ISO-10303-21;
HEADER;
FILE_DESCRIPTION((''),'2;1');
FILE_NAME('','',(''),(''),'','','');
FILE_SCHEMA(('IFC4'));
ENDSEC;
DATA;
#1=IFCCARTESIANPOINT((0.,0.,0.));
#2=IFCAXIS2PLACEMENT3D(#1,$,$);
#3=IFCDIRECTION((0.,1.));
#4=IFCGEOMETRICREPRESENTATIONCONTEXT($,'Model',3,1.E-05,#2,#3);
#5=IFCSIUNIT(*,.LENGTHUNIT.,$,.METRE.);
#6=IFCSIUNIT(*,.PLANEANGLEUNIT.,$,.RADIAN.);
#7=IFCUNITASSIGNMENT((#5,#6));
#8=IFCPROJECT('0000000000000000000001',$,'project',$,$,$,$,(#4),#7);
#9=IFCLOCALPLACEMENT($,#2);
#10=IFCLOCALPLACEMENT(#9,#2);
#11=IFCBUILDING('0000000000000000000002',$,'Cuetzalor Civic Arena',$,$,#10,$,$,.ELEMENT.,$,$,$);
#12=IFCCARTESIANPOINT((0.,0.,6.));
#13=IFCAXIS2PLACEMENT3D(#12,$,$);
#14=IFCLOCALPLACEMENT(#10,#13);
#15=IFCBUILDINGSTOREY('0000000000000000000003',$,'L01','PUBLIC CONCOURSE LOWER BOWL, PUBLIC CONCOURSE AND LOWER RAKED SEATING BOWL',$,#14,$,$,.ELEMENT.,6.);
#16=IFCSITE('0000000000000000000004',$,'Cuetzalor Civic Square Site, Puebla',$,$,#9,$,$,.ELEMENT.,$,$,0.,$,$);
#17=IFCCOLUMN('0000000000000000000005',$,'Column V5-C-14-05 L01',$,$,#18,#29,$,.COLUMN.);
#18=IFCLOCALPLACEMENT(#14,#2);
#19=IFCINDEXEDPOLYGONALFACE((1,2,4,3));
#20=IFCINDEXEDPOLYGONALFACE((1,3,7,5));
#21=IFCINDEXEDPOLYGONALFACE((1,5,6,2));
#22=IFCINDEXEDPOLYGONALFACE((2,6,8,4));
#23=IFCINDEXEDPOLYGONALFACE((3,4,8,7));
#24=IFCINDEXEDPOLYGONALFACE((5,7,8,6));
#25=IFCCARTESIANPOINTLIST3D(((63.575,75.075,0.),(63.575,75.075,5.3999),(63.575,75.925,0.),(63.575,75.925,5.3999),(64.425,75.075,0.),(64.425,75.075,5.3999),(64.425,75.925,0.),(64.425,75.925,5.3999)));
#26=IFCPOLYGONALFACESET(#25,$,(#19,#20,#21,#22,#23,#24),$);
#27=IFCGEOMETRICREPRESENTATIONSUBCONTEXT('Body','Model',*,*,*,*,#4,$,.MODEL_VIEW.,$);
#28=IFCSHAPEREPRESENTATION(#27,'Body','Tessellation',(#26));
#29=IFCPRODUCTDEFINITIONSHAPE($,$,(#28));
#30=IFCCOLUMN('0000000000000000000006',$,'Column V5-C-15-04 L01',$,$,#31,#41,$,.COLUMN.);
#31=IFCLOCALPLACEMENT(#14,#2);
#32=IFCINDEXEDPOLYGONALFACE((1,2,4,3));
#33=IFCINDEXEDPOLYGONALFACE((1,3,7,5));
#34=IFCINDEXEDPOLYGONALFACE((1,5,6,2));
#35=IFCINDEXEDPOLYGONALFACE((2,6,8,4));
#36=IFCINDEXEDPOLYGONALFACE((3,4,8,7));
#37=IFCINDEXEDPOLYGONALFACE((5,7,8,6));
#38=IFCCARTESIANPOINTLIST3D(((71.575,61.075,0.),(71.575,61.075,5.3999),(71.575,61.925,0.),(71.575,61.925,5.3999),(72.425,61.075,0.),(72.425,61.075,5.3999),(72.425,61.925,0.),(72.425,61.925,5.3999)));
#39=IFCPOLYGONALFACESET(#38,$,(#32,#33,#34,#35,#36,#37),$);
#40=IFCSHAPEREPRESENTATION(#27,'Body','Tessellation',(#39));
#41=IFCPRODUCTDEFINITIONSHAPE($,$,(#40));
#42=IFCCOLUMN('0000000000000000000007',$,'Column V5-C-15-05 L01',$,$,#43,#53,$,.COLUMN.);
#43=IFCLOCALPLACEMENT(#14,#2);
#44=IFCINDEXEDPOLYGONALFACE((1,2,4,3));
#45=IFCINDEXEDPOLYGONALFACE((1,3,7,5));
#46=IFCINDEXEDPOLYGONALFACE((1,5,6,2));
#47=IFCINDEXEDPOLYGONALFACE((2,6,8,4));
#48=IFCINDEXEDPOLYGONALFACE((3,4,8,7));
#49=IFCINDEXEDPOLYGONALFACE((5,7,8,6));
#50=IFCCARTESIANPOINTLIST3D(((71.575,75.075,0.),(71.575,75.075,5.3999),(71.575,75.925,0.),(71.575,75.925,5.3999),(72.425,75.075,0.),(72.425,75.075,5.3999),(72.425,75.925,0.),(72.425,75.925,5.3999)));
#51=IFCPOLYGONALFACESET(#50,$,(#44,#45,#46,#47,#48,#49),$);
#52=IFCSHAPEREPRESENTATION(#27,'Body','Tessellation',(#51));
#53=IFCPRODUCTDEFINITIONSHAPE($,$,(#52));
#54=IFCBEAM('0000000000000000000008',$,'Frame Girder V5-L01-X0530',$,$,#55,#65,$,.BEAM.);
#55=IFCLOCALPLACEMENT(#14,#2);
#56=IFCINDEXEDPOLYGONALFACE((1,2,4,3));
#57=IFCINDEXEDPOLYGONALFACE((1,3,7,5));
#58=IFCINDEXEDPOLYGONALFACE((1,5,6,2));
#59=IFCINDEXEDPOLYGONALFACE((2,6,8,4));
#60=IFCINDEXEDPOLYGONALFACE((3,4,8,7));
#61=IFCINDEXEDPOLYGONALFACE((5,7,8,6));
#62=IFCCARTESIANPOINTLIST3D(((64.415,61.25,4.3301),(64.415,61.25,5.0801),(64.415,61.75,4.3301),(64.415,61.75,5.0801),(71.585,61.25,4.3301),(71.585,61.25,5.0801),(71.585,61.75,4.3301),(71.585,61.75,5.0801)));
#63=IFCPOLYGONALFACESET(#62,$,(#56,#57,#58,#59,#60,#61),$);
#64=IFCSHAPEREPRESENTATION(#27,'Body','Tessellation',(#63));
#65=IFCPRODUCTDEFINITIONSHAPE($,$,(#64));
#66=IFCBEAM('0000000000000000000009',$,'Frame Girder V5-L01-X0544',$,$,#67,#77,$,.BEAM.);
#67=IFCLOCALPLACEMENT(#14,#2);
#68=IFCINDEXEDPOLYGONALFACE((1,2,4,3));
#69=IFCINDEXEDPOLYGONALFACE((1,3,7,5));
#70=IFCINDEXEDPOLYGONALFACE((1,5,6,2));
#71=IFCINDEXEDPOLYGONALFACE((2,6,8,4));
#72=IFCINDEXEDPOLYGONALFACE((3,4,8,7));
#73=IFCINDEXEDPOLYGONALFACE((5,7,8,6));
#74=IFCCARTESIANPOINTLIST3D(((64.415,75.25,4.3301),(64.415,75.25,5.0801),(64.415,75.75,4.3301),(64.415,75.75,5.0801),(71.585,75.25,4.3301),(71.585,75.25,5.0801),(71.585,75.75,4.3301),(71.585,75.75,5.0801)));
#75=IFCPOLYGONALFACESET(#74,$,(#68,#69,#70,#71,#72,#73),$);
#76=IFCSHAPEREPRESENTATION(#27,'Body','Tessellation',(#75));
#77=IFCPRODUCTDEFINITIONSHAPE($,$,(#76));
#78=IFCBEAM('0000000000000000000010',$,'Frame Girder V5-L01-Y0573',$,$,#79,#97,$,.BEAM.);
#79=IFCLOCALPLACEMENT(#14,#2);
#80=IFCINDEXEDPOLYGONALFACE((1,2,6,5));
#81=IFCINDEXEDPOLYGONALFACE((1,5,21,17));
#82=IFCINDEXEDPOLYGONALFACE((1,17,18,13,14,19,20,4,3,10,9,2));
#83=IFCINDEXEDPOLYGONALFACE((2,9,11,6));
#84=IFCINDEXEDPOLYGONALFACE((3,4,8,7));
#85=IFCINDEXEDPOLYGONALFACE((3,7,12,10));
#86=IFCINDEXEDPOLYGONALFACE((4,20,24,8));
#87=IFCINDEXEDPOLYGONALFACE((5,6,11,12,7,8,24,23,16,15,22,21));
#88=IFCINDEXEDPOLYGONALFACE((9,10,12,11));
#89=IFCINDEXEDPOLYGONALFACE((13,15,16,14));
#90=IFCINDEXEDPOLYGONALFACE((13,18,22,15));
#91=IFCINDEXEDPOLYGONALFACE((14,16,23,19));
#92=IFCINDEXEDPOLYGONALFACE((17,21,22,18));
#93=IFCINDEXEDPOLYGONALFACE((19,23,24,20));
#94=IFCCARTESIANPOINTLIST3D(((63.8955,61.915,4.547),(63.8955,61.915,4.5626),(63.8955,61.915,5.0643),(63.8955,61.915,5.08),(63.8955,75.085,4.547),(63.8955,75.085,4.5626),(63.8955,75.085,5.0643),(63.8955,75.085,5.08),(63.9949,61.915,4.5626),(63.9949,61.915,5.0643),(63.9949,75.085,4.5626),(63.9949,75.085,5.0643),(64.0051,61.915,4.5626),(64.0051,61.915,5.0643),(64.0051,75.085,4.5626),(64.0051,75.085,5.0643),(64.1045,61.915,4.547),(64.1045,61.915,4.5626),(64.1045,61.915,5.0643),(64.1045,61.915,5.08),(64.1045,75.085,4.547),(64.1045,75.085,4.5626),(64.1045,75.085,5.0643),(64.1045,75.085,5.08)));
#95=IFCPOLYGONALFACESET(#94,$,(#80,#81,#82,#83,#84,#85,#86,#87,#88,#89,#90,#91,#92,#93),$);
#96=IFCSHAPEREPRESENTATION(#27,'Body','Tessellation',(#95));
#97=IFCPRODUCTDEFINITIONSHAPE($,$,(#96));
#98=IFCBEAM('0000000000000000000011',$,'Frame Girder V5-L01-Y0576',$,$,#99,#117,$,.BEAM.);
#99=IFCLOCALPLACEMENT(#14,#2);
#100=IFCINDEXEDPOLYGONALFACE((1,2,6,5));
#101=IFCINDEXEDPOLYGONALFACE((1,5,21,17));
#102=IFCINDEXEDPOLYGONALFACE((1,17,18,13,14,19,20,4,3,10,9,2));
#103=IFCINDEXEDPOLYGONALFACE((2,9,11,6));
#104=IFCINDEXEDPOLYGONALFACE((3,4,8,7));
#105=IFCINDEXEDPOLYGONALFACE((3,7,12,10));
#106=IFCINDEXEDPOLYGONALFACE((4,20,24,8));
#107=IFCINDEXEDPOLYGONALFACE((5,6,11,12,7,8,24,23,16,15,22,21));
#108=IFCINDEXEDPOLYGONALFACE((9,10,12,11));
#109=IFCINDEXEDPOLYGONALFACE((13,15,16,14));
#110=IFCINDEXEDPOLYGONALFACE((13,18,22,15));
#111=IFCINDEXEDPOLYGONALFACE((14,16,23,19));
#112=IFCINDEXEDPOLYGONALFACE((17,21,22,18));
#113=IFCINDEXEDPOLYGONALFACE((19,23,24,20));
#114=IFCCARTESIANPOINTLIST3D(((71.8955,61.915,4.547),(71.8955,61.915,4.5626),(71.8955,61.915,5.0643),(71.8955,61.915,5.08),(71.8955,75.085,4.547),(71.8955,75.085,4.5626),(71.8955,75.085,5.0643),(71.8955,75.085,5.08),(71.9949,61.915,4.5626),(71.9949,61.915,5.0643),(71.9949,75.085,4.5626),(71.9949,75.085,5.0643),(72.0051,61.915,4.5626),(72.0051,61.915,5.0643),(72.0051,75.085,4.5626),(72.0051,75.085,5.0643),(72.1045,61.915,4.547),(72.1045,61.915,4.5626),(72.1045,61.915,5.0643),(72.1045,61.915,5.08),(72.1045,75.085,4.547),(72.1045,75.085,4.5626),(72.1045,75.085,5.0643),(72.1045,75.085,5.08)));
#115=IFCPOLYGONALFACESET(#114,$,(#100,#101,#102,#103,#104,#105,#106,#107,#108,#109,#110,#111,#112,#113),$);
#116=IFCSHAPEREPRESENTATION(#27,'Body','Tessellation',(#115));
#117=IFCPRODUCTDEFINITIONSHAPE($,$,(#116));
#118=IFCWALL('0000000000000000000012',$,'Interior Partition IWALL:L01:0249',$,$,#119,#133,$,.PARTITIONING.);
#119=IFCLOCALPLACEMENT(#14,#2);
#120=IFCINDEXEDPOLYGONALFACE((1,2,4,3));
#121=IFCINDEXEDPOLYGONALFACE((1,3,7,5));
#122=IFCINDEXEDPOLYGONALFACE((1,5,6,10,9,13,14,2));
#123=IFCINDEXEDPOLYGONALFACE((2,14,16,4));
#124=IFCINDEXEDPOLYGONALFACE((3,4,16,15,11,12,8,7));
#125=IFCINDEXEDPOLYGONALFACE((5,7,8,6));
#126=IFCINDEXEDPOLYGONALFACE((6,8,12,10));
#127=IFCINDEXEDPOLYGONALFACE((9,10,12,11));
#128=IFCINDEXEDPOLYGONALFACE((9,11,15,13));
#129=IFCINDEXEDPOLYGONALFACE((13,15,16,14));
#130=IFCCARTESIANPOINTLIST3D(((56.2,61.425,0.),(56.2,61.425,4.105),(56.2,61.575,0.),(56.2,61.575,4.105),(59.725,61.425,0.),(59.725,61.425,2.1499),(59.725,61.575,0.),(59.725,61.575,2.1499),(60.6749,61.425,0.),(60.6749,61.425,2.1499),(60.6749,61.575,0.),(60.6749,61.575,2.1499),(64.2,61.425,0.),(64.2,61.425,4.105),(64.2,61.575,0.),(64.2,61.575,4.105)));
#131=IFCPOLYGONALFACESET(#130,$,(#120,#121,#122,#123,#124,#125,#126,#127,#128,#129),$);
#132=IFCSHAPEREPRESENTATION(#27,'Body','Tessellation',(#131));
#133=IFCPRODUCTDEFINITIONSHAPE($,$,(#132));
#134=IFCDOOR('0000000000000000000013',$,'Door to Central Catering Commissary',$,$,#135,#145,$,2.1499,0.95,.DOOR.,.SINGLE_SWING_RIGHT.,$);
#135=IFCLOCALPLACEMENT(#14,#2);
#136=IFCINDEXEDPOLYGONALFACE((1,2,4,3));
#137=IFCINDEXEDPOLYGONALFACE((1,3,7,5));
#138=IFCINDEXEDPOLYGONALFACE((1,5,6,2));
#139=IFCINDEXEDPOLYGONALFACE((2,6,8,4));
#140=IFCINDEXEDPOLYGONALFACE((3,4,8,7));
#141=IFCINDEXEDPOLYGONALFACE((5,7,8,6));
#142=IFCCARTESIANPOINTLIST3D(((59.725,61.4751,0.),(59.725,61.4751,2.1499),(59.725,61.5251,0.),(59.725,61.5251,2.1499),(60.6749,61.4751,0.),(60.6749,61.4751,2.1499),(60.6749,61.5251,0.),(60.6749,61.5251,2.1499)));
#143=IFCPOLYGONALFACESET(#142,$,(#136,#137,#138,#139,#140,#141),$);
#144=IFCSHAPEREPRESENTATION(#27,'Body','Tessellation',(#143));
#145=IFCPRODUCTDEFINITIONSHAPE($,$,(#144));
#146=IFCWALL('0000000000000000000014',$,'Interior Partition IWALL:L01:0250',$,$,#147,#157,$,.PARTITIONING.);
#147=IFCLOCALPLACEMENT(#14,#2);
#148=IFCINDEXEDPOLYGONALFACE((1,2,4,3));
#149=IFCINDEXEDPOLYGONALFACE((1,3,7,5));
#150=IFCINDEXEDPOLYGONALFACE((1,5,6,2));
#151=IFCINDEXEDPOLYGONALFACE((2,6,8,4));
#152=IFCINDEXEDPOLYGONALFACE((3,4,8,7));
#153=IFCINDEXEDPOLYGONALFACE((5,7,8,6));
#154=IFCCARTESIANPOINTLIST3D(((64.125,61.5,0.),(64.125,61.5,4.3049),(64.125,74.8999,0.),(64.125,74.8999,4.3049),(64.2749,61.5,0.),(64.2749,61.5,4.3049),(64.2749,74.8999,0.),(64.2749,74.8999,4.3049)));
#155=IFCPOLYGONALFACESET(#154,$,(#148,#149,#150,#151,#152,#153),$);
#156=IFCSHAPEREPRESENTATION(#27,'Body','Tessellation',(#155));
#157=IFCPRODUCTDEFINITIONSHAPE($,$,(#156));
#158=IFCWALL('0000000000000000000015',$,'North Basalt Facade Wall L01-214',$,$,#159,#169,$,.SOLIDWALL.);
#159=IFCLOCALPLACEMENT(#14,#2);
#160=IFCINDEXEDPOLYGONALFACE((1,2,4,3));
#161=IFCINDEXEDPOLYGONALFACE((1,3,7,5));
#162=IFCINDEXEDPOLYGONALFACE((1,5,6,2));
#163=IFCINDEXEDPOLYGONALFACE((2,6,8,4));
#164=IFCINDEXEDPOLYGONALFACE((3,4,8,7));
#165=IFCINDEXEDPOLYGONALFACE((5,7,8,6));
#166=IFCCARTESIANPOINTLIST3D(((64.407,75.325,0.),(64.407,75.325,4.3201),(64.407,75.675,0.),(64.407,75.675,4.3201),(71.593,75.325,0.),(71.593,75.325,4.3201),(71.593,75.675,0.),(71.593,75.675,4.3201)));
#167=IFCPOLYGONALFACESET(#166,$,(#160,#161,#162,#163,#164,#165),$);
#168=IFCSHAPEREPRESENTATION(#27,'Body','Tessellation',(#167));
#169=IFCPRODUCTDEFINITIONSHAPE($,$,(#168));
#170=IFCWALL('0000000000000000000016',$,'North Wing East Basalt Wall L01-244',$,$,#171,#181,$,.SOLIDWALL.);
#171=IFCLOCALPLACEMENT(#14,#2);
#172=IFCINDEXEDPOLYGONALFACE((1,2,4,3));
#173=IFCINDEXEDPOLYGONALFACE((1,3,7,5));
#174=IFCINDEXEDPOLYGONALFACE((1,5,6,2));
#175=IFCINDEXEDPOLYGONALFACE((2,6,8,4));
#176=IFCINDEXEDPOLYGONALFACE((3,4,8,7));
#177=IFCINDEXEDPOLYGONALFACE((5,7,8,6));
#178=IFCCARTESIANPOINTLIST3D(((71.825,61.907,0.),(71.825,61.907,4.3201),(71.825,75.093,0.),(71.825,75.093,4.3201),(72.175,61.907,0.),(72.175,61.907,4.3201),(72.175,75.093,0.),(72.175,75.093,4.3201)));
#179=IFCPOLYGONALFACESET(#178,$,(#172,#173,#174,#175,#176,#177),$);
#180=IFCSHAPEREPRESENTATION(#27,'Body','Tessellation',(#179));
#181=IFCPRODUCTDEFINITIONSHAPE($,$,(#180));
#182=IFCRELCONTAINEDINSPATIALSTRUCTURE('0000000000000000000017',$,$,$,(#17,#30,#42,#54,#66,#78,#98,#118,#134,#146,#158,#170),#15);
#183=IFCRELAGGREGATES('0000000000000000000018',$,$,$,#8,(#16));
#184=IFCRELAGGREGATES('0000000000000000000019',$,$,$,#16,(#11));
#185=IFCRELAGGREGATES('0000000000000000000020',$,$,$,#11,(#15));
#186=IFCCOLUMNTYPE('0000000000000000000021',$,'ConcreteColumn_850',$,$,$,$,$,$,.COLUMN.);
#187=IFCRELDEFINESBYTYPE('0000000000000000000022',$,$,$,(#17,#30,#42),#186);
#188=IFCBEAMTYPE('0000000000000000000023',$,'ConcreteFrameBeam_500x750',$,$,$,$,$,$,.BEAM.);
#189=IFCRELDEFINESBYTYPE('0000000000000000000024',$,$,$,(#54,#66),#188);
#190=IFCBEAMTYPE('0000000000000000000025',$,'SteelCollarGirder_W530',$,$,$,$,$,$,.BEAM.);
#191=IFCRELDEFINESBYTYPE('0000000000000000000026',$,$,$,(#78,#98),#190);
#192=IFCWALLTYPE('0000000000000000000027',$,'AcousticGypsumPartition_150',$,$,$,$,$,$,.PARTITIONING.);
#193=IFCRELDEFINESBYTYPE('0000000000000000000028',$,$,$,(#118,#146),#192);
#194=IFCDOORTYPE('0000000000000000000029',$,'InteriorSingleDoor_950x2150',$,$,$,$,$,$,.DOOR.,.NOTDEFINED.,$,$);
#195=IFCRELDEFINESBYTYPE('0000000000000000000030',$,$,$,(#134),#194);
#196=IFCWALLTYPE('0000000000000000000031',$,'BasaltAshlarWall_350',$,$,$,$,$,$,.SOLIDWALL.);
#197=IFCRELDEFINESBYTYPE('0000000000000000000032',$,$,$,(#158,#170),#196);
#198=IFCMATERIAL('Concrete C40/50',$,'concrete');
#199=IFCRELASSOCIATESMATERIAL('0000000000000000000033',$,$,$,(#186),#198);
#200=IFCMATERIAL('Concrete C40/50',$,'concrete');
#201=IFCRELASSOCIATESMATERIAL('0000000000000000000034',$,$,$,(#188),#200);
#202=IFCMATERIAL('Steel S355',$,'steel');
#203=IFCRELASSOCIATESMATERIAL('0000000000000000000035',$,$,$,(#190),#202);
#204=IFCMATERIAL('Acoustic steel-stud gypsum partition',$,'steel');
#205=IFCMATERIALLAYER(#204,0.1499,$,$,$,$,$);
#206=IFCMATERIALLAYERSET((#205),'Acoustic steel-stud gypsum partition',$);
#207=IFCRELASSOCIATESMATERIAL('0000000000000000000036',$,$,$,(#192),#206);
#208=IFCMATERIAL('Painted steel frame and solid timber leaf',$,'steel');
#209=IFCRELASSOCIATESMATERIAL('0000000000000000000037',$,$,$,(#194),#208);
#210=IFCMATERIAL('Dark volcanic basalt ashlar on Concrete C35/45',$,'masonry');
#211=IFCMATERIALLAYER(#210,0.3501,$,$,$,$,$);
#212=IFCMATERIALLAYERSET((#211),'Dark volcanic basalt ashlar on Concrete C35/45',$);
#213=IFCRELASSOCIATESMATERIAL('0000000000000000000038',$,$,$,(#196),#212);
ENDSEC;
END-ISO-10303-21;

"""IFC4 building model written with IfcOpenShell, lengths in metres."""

from ifc_helpers import new_model, si_unit, direction, frame, frame_2d, origin, origin_2d, place, context, subcontext, project, spatial, rectangle, i_section, extrude, material, layer, layer_set, material_profile, profile_set, type_object, element, fill, save


model = new_model("IFC4")

# Units and contexts
model_context = context("Model", 3, precision=1e-05, world=origin(), true_north=direction((0.0, 1.0)))
body_context = subcontext(model_context, "Body", "Model", "MODEL_VIEW")
ifc_project = project(units=[si_unit("LENGTHUNIT", "METRE"), si_unit("PLANEANGLEUNIT", "RADIAN")], contexts=[model_context])

# Site, building, storey
site_placement = place(None, origin())
site = spatial("IfcSite", under=ifc_project, at=site_placement, Name="Cuetzalor Civic Square Site, Puebla", CompositionType="ELEMENT", RefElevation=0.0)
building_placement = place(site_placement, origin())
building = spatial("IfcBuilding", under=site, at=building_placement, Name="Cuetzalor Civic Arena", CompositionType="ELEMENT")
storey_placement = place(building_placement, frame((0.0, 0.0, 6.0)))
storey = spatial("IfcBuildingStorey", under=building, at=storey_placement, Name="L01", Description="PUBLIC CONCOURSE LOWER BOWL, PUBLIC CONCOURSE AND LOWER RAKED SEATING BOWL", CompositionType="ELEMENT", Elevation=6.0)

# Columns
ifc_material_1 = material(Name="Concrete C40/50", Category="concrete")
ifc_material_profile_1 = material_profile(ifc_material_1, rectangle(XDim=0.8501, YDim=0.8501, at=origin_2d()), Name="RC 850x850")
ifc_profile_set_1 = profile_set([ifc_material_profile_1], Name="Concrete C40/50")
column_type = type_object("IfcColumnType", Name="ConcreteColumn_850", PredefinedType="COLUMN", material=ifc_profile_set_1)
for number, where, z_axis, x_axis, name in (
    (1, (64.0, 75.5, 0.0), (0.0, 0.0, 1.0), (1.0, 0.0, 0.0), "Column V5-C-14-05 L01"),
    (2, (72.0, 61.5, 0.0), (0.0, 0.0, 1.0), (1.0, 0.0, 0.0), "Column V5-C-15-04 L01"),
    (3, (72.0, 75.5, 0.0), (0.0, 0.0, 1.0), (1.0, 0.0, 0.0), "Column V5-C-15-05 L01"),
):
    element("IfcColumn", number, at=place(storey_placement, frame(where, z_axis=z_axis, x_axis=x_axis)), inside=storey, type_object=column_type, Name=name, PredefinedType="COLUMN", context=body_context, shape_type="SweptSolid", body=[
        extrude(rectangle(XDim=0.8501, YDim=0.8501, at=origin_2d()), origin(), (0.0, 0.0, 1.0), 5.3999),
    ])

# Beams
ifc_material_2 = material(Name="Concrete C40/50", Category="concrete")
ifc_material_profile_2 = material_profile(ifc_material_2, rectangle(XDim=0.5, YDim=0.75, at=origin_2d()), Name="RC 500x750")
ifc_profile_set_2 = profile_set([ifc_material_profile_2], Name="Concrete C40/50")
beam_type_1 = type_object("IfcBeamType", Name="ConcreteFrameBeam_500x750", PredefinedType="BEAM", material=ifc_profile_set_2)
for number, where, z_axis, x_axis, name in (
    (4, (64.415, 61.5, 4.7051), (1.0, 0.0, 0.0), (0.0, 1.0, 0.0), "Frame Girder V5-L01-X0530"),
    (5, (64.415, 75.5, 4.7051), (1.0, 0.0, 0.0), (0.0, 1.0, 0.0), "Frame Girder V5-L01-X0544"),
):
    element("IfcBeam", number, at=place(storey_placement, frame(where, z_axis=z_axis, x_axis=x_axis)), inside=storey, type_object=beam_type_1, Name=name, PredefinedType="BEAM", context=body_context, shape_type="SweptSolid", body=[
        extrude(rectangle(XDim=0.5, YDim=0.75, at=origin_2d()), origin(), (0.0, 0.0, 1.0), 7.1699),
    ])
ifc_material_3 = material(Name="Steel S355", Category="steel")
ifc_material_profile_3 = material_profile(ifc_material_3, i_section(OverallWidth=0.209, OverallDepth=0.533, WebThickness=0.0103, FlangeThickness=0.0156, at=origin_2d()), Name="W530x92")
ifc_profile_set_3 = profile_set([ifc_material_profile_3], Name="Steel S355")
beam_type_2 = type_object("IfcBeamType", Name="SteelCollarGirder_W530", PredefinedType="BEAM", material=ifc_profile_set_3)
for number, where, z_axis, x_axis, name in (
    (6, (64.0, 61.915, 4.8135), (0.0, 1.0, 0.0), (-1.0, 0.0, 0.0), "Frame Girder V5-L01-Y0573"),
    (7, (72.0, 61.915, 4.8135), (0.0, 1.0, 0.0), (-1.0, 0.0, 0.0), "Frame Girder V5-L01-Y0576"),
):
    element("IfcBeam", number, at=place(storey_placement, frame(where, z_axis=z_axis, x_axis=x_axis)), inside=storey, type_object=beam_type_2, Name=name, PredefinedType="BEAM", context=body_context, shape_type="SweptSolid", body=[
        extrude(i_section(OverallWidth=0.209, OverallDepth=0.533, WebThickness=0.0103, FlangeThickness=0.0156, at=origin_2d()), origin(), (0.0, 0.0, 1.0), 13.1699),
    ])

# Wall, opening, door
ifc_material_4 = material(Name="Acoustic steel-stud gypsum partition", Category="steel")
ifc_layer_1 = layer(ifc_material_4, 0.1499)
ifc_layer_set_1 = layer_set([ifc_layer_1], Name="Acoustic steel-stud gypsum partition")
wall_type_1 = type_object("IfcWallType", Name="AcousticGypsumPartition_150", PredefinedType="PARTITIONING", material=ifc_layer_set_1)
wall_1_placement = place(storey_placement, frame((64.2, 61.5, 0.0), z_axis=(0.0, 0.0, 1.0), x_axis=(-1.0, 0.0, 0.0)))
wall_1 = element("IfcWall", 8, at=wall_1_placement, inside=storey, type_object=wall_type_1, Name="Interior Partition IWALL:L01:0249", PredefinedType="PARTITIONING", context=body_context, shape_type="SweptSolid", body=[
    extrude(rectangle(XDim=8.0, YDim=0.1499, at=frame_2d((4.0, 0.0))), origin(), (0.0, 0.0, 1.0), 4.105),
])
opening_1_placement = place(wall_1_placement, frame((3.5249, 0.0, 0.0)))
opening_1 = element("IfcOpeningElement", 9, at=opening_1_placement, cuts=wall_1, PredefinedType="OPENING", context=body_context, shape_type="SweptSolid", body=[
    extrude(rectangle(XDim=0.95, YDim=2.1499, at=frame_2d((0.4751, 1.075))), frame((0.0, 0.085, 0.0), z_axis=(0.0, -1.0, 0.0), x_axis=(1.0, 0.0, 0.0)), (0.0, 0.0, 1.0), 0.1699),
])
ifc_material_5 = material(Name="Painted steel frame and solid timber leaf", Category="steel")
door_type_1 = type_object("IfcDoorType", Name="InteriorSingleDoor_950x2150", OperationType="NOTDEFINED", PredefinedType="DOOR", material=ifc_material_5)
door_1_placement = place(opening_1_placement, origin())
door_1 = element("IfcDoor", 10, at=door_1_placement, inside=storey, type_object=door_type_1, Name="Door to Central Catering Commissary", OperationType="SINGLE_SWING_RIGHT", OverallHeight=2.1499, OverallWidth=0.95, PredefinedType="DOOR", context=body_context, shape_type="SweptSolid", body=[
    extrude(rectangle(XDim=0.95, YDim=2.1499, at=frame_2d((0.4751, 1.075))), frame((0.0, 0.0249, 0.0), z_axis=(0.0, -1.0, 0.0), x_axis=(1.0, 0.0, 0.0)), (0.0, 0.0, 1.0), 0.05),
])
fill(opening_1, door_1)

# Walls
wall_2_placement = place(storey_placement, frame((64.2, 74.8999, 0.0), z_axis=(0.0, 0.0, 1.0), x_axis=(0.0, -1.0, 0.0)))
element("IfcWall", 11, at=wall_2_placement, inside=storey, type_object=wall_type_1, Name="Interior Partition IWALL:L01:0250", PredefinedType="PARTITIONING", context=body_context, shape_type="SweptSolid", body=[
    extrude(rectangle(XDim=13.3999, YDim=0.1499, at=frame_2d((6.7, 0.0))), origin(), (0.0, 0.0, 1.0), 4.3049),
])
ifc_material_6 = material(Name="Dark volcanic basalt ashlar on Concrete C35/45", Category="masonry")
ifc_layer_2 = layer(ifc_material_6, 0.3501)
ifc_layer_set_2 = layer_set([ifc_layer_2], Name="Dark volcanic basalt ashlar on Concrete C35/45")
wall_type_2 = type_object("IfcWallType", Name="BasaltAshlarWall_350", PredefinedType="SOLIDWALL", material=ifc_layer_set_2)
wall_3_placement = place(storey_placement, frame((64.407, 75.5, 0.0), z_axis=(0.0, 0.0, 1.0), x_axis=(1.0, 0.0, 0.0)))
element("IfcWall", 12, at=wall_3_placement, inside=storey, type_object=wall_type_2, Name="North Basalt Facade Wall L01-214", PredefinedType="SOLIDWALL", context=body_context, shape_type="SweptSolid", body=[
    extrude(rectangle(XDim=7.186, YDim=0.3501, at=frame_2d((3.593, 0.0))), origin(), (0.0, 0.0, 1.0), 4.3201),
])
wall_4_placement = place(storey_placement, frame((72.0, 75.093, 0.0), z_axis=(0.0, 0.0, 1.0), x_axis=(0.0, -1.0, 0.0)))
element("IfcWall", 13, at=wall_4_placement, inside=storey, type_object=wall_type_2, Name="North Wing East Basalt Wall L01-244", PredefinedType="SOLIDWALL", context=body_context, shape_type="SweptSolid", body=[
    extrude(rectangle(XDim=13.186, YDim=0.3501, at=frame_2d((6.593, 0.0))), origin(), (0.0, 0.0, 1.0), 4.3201),
])

save(model, "model.ifc")
